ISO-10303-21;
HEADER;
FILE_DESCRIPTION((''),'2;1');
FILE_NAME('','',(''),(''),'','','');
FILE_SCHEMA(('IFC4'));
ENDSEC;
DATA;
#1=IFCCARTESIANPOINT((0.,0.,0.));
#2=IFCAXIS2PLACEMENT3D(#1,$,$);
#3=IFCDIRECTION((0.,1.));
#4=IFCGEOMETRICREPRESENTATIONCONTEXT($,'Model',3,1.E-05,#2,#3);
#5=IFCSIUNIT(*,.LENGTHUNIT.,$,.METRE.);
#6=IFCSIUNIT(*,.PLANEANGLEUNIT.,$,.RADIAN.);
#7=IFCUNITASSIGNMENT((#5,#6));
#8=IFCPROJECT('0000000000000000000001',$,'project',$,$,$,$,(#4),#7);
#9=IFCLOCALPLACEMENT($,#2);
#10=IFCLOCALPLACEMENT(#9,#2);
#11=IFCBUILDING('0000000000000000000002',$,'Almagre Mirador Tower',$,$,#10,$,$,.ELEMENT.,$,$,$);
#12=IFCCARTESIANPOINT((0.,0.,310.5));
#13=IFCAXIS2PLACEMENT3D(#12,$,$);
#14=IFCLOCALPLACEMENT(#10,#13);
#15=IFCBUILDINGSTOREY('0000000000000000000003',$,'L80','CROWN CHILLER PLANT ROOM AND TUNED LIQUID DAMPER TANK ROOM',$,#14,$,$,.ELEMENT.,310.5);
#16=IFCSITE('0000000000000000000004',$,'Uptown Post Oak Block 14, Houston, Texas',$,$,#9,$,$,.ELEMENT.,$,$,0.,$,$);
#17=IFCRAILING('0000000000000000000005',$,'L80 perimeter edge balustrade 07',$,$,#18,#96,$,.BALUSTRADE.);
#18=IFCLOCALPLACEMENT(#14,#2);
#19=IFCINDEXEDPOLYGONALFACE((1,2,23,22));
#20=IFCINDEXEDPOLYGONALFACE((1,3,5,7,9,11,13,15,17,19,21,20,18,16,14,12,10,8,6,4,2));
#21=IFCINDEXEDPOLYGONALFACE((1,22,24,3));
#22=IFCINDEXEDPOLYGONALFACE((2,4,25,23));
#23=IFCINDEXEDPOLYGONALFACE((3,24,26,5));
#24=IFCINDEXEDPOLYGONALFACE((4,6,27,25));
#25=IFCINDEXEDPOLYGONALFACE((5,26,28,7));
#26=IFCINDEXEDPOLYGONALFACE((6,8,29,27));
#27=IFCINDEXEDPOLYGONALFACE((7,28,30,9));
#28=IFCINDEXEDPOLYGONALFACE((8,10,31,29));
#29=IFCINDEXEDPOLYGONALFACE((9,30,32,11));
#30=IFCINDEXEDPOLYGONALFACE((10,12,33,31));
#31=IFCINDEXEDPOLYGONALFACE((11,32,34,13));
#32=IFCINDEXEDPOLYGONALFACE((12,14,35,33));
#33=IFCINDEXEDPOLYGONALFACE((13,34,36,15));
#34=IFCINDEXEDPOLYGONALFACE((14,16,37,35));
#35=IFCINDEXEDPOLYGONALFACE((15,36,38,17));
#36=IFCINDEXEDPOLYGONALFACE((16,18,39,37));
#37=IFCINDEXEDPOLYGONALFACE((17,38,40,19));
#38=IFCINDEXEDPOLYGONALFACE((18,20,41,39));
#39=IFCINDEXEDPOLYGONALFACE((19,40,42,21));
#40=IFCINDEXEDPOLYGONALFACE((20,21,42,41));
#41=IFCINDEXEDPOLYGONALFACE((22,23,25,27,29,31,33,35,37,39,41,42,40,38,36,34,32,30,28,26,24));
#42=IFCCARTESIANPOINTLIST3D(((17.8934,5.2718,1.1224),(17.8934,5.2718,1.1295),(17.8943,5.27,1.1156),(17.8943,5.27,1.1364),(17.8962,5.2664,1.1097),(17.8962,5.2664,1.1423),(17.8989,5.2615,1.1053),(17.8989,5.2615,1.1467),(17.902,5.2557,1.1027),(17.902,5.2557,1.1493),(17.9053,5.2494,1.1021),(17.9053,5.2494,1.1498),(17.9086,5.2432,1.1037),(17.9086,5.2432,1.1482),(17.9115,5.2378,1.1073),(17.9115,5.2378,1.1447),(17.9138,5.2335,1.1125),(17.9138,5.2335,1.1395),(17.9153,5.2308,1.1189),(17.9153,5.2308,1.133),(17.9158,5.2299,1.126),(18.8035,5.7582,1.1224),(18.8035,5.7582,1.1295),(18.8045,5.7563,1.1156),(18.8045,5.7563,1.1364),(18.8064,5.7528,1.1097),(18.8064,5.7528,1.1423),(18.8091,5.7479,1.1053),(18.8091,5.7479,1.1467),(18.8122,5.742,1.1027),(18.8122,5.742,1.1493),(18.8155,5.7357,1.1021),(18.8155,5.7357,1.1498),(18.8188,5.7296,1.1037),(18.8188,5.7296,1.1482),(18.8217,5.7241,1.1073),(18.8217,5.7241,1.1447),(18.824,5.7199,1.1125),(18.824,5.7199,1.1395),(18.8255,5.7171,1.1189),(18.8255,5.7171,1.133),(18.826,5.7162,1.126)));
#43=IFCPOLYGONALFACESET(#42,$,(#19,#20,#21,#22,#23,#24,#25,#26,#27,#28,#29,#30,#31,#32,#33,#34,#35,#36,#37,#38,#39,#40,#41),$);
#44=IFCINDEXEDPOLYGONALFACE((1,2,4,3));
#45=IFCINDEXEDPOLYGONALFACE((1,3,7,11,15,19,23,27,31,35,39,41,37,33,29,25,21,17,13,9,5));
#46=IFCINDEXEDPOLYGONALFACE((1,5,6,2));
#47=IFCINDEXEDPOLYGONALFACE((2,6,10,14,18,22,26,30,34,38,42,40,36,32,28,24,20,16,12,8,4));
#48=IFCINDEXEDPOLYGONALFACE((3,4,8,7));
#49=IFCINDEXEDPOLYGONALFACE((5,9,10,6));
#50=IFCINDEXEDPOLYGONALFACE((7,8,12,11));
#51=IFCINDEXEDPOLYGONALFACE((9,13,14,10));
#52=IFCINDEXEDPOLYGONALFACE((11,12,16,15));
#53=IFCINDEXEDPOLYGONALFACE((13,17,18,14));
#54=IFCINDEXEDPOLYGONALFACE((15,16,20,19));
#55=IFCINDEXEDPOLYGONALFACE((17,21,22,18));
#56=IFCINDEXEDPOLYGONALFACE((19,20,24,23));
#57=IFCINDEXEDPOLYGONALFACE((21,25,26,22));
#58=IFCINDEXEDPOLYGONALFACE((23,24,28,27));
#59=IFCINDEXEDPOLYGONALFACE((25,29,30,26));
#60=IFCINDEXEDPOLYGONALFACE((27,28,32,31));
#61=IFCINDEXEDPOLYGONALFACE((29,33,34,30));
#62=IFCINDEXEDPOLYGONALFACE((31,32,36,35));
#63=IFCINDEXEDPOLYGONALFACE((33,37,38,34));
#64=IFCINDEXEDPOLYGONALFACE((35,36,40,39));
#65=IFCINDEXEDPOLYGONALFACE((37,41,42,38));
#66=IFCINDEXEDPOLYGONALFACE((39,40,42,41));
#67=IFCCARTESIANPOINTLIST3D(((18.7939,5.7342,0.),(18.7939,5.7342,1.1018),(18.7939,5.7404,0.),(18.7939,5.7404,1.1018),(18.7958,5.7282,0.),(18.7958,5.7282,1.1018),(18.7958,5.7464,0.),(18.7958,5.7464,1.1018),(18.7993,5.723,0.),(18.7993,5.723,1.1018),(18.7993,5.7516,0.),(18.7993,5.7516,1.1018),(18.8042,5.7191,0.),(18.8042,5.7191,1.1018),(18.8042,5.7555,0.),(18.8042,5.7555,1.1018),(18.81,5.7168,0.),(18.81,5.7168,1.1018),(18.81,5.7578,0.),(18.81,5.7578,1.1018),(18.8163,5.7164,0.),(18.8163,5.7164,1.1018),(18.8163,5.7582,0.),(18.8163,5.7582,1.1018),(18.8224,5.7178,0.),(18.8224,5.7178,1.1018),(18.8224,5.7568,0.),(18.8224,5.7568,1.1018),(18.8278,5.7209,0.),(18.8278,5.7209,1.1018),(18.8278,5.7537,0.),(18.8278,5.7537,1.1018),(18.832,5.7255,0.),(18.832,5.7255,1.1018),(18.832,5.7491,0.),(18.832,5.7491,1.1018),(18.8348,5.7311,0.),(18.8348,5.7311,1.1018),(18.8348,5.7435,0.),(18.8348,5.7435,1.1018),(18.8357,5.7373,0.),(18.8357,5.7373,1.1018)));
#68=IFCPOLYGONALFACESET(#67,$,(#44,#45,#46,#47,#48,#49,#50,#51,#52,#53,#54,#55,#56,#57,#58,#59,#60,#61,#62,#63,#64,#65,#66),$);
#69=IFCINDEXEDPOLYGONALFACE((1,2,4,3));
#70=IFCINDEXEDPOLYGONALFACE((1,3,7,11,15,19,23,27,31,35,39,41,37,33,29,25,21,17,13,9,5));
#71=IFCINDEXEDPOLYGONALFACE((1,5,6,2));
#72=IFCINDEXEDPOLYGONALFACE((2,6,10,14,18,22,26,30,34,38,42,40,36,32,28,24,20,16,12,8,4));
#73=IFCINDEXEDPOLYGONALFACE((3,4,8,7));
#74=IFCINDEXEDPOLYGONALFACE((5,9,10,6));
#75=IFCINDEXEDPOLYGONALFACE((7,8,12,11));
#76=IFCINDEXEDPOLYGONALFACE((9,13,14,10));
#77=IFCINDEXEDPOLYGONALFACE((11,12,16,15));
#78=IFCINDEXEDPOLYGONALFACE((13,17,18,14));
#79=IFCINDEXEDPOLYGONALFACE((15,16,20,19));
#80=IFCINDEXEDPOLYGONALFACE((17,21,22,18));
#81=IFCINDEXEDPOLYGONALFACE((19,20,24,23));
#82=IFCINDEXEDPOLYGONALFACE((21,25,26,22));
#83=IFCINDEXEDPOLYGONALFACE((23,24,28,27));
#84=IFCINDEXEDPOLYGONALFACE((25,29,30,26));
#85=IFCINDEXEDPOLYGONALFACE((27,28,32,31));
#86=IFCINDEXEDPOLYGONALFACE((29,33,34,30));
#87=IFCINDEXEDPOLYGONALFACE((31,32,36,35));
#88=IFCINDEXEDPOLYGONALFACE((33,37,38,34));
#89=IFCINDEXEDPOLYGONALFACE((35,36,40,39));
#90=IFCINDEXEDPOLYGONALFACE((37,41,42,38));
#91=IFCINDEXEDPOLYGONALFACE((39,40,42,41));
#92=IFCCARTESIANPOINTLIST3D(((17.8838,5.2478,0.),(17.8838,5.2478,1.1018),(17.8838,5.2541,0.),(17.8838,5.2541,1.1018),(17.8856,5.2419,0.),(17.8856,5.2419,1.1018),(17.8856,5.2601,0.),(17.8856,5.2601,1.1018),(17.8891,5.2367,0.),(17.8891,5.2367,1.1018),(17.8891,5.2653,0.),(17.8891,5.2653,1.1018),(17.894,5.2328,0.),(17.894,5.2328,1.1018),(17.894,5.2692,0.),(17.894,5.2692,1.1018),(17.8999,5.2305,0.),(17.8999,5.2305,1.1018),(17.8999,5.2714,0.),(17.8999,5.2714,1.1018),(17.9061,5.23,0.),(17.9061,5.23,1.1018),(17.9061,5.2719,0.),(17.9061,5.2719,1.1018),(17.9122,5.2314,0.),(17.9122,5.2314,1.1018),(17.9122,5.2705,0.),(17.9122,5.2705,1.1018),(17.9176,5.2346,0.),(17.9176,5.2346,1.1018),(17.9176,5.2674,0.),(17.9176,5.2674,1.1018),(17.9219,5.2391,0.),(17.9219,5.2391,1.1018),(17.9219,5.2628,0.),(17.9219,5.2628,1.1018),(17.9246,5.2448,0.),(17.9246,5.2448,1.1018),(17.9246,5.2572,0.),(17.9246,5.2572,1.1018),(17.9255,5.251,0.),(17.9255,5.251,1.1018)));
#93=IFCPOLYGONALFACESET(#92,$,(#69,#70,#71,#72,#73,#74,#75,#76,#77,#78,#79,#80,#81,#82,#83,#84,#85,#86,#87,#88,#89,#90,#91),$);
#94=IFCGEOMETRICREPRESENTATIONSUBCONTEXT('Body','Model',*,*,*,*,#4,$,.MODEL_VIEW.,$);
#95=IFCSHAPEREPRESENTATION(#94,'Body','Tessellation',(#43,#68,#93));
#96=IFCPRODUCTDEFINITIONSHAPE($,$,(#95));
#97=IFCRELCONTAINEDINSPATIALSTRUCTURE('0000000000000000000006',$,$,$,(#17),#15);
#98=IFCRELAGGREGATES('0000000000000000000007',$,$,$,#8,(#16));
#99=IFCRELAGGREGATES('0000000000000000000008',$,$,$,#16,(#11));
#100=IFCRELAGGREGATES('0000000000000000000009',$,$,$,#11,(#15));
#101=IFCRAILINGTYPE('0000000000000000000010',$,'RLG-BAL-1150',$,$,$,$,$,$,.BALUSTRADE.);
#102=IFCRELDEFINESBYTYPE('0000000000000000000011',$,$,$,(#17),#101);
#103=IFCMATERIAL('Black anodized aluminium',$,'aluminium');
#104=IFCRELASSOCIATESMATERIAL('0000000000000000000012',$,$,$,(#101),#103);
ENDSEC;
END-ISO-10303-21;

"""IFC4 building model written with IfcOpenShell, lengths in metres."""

from ifc_helpers import new_model, si_unit, direction, frame, origin, origin_2d, place, context, subcontext, project, spatial, circle, extrude, material, type_object, element, save


model = new_model("IFC4")

# Units and contexts
model_context = context("Model", 3, precision=1e-05, world=origin(), true_north=direction((0.0, 1.0)))
body_context = subcontext(model_context, "Body", "Model", "MODEL_VIEW")
ifc_project = project(units=[si_unit("LENGTHUNIT", "METRE"), si_unit("PLANEANGLEUNIT", "RADIAN")], contexts=[model_context])

# Site, building, storey
site_placement = place(None, origin())
site = spatial("IfcSite", under=ifc_project, at=site_placement, Name="Uptown Post Oak Block 14, Houston, Texas", CompositionType="ELEMENT", RefElevation=0.0)
building_placement = place(site_placement, origin())
building = spatial("IfcBuilding", under=site, at=building_placement, Name="Almagre Mirador Tower", CompositionType="ELEMENT")
storey_placement = place(building_placement, frame((0.0, 0.0, 310.5)))
storey = spatial("IfcBuildingStorey", under=building, at=storey_placement, Name="L80", Description="CROWN CHILLER PLANT ROOM AND TUNED LIQUID DAMPER TANK ROOM", CompositionType="ELEMENT", Elevation=310.5)

# Railing
ifc_material_1 = material(Name="Black anodized aluminium", Category="aluminium")
railing_type = type_object("IfcRailingType", Name="RLG-BAL-1150", PredefinedType="BALUSTRADE", material=ifc_material_1)
railing_1_placement = place(storey_placement, frame((18.8147, 5.7373, 0.0)))
element("IfcRailing", 1, at=railing_1_placement, inside=storey, type_object=railing_type, Name="L80 perimeter edge balustrade 07", PredefinedType="BALUSTRADE", context=body_context, shape_type="SweptSolid", body=[
    extrude(circle(Radius=0.0239, at=origin_2d()), frame((0.0, 0.0, 1.126), z_axis=(-0.881986, -0.471276, 0.0), x_axis=(0.471276, -0.881986, 0.0)), (0.0, 0.0, 1.0), 1.032),
    extrude(circle(Radius=0.021, at=origin_2d()), origin(), (0.0, 0.0, 1.0), 1.1018),
    extrude(circle(Radius=0.021, at=origin_2d()), frame((-0.9102, -0.4863, 0.0)), (0.0, 0.0, 1.0), 1.1018),
])

save(model, "model.ifc")
